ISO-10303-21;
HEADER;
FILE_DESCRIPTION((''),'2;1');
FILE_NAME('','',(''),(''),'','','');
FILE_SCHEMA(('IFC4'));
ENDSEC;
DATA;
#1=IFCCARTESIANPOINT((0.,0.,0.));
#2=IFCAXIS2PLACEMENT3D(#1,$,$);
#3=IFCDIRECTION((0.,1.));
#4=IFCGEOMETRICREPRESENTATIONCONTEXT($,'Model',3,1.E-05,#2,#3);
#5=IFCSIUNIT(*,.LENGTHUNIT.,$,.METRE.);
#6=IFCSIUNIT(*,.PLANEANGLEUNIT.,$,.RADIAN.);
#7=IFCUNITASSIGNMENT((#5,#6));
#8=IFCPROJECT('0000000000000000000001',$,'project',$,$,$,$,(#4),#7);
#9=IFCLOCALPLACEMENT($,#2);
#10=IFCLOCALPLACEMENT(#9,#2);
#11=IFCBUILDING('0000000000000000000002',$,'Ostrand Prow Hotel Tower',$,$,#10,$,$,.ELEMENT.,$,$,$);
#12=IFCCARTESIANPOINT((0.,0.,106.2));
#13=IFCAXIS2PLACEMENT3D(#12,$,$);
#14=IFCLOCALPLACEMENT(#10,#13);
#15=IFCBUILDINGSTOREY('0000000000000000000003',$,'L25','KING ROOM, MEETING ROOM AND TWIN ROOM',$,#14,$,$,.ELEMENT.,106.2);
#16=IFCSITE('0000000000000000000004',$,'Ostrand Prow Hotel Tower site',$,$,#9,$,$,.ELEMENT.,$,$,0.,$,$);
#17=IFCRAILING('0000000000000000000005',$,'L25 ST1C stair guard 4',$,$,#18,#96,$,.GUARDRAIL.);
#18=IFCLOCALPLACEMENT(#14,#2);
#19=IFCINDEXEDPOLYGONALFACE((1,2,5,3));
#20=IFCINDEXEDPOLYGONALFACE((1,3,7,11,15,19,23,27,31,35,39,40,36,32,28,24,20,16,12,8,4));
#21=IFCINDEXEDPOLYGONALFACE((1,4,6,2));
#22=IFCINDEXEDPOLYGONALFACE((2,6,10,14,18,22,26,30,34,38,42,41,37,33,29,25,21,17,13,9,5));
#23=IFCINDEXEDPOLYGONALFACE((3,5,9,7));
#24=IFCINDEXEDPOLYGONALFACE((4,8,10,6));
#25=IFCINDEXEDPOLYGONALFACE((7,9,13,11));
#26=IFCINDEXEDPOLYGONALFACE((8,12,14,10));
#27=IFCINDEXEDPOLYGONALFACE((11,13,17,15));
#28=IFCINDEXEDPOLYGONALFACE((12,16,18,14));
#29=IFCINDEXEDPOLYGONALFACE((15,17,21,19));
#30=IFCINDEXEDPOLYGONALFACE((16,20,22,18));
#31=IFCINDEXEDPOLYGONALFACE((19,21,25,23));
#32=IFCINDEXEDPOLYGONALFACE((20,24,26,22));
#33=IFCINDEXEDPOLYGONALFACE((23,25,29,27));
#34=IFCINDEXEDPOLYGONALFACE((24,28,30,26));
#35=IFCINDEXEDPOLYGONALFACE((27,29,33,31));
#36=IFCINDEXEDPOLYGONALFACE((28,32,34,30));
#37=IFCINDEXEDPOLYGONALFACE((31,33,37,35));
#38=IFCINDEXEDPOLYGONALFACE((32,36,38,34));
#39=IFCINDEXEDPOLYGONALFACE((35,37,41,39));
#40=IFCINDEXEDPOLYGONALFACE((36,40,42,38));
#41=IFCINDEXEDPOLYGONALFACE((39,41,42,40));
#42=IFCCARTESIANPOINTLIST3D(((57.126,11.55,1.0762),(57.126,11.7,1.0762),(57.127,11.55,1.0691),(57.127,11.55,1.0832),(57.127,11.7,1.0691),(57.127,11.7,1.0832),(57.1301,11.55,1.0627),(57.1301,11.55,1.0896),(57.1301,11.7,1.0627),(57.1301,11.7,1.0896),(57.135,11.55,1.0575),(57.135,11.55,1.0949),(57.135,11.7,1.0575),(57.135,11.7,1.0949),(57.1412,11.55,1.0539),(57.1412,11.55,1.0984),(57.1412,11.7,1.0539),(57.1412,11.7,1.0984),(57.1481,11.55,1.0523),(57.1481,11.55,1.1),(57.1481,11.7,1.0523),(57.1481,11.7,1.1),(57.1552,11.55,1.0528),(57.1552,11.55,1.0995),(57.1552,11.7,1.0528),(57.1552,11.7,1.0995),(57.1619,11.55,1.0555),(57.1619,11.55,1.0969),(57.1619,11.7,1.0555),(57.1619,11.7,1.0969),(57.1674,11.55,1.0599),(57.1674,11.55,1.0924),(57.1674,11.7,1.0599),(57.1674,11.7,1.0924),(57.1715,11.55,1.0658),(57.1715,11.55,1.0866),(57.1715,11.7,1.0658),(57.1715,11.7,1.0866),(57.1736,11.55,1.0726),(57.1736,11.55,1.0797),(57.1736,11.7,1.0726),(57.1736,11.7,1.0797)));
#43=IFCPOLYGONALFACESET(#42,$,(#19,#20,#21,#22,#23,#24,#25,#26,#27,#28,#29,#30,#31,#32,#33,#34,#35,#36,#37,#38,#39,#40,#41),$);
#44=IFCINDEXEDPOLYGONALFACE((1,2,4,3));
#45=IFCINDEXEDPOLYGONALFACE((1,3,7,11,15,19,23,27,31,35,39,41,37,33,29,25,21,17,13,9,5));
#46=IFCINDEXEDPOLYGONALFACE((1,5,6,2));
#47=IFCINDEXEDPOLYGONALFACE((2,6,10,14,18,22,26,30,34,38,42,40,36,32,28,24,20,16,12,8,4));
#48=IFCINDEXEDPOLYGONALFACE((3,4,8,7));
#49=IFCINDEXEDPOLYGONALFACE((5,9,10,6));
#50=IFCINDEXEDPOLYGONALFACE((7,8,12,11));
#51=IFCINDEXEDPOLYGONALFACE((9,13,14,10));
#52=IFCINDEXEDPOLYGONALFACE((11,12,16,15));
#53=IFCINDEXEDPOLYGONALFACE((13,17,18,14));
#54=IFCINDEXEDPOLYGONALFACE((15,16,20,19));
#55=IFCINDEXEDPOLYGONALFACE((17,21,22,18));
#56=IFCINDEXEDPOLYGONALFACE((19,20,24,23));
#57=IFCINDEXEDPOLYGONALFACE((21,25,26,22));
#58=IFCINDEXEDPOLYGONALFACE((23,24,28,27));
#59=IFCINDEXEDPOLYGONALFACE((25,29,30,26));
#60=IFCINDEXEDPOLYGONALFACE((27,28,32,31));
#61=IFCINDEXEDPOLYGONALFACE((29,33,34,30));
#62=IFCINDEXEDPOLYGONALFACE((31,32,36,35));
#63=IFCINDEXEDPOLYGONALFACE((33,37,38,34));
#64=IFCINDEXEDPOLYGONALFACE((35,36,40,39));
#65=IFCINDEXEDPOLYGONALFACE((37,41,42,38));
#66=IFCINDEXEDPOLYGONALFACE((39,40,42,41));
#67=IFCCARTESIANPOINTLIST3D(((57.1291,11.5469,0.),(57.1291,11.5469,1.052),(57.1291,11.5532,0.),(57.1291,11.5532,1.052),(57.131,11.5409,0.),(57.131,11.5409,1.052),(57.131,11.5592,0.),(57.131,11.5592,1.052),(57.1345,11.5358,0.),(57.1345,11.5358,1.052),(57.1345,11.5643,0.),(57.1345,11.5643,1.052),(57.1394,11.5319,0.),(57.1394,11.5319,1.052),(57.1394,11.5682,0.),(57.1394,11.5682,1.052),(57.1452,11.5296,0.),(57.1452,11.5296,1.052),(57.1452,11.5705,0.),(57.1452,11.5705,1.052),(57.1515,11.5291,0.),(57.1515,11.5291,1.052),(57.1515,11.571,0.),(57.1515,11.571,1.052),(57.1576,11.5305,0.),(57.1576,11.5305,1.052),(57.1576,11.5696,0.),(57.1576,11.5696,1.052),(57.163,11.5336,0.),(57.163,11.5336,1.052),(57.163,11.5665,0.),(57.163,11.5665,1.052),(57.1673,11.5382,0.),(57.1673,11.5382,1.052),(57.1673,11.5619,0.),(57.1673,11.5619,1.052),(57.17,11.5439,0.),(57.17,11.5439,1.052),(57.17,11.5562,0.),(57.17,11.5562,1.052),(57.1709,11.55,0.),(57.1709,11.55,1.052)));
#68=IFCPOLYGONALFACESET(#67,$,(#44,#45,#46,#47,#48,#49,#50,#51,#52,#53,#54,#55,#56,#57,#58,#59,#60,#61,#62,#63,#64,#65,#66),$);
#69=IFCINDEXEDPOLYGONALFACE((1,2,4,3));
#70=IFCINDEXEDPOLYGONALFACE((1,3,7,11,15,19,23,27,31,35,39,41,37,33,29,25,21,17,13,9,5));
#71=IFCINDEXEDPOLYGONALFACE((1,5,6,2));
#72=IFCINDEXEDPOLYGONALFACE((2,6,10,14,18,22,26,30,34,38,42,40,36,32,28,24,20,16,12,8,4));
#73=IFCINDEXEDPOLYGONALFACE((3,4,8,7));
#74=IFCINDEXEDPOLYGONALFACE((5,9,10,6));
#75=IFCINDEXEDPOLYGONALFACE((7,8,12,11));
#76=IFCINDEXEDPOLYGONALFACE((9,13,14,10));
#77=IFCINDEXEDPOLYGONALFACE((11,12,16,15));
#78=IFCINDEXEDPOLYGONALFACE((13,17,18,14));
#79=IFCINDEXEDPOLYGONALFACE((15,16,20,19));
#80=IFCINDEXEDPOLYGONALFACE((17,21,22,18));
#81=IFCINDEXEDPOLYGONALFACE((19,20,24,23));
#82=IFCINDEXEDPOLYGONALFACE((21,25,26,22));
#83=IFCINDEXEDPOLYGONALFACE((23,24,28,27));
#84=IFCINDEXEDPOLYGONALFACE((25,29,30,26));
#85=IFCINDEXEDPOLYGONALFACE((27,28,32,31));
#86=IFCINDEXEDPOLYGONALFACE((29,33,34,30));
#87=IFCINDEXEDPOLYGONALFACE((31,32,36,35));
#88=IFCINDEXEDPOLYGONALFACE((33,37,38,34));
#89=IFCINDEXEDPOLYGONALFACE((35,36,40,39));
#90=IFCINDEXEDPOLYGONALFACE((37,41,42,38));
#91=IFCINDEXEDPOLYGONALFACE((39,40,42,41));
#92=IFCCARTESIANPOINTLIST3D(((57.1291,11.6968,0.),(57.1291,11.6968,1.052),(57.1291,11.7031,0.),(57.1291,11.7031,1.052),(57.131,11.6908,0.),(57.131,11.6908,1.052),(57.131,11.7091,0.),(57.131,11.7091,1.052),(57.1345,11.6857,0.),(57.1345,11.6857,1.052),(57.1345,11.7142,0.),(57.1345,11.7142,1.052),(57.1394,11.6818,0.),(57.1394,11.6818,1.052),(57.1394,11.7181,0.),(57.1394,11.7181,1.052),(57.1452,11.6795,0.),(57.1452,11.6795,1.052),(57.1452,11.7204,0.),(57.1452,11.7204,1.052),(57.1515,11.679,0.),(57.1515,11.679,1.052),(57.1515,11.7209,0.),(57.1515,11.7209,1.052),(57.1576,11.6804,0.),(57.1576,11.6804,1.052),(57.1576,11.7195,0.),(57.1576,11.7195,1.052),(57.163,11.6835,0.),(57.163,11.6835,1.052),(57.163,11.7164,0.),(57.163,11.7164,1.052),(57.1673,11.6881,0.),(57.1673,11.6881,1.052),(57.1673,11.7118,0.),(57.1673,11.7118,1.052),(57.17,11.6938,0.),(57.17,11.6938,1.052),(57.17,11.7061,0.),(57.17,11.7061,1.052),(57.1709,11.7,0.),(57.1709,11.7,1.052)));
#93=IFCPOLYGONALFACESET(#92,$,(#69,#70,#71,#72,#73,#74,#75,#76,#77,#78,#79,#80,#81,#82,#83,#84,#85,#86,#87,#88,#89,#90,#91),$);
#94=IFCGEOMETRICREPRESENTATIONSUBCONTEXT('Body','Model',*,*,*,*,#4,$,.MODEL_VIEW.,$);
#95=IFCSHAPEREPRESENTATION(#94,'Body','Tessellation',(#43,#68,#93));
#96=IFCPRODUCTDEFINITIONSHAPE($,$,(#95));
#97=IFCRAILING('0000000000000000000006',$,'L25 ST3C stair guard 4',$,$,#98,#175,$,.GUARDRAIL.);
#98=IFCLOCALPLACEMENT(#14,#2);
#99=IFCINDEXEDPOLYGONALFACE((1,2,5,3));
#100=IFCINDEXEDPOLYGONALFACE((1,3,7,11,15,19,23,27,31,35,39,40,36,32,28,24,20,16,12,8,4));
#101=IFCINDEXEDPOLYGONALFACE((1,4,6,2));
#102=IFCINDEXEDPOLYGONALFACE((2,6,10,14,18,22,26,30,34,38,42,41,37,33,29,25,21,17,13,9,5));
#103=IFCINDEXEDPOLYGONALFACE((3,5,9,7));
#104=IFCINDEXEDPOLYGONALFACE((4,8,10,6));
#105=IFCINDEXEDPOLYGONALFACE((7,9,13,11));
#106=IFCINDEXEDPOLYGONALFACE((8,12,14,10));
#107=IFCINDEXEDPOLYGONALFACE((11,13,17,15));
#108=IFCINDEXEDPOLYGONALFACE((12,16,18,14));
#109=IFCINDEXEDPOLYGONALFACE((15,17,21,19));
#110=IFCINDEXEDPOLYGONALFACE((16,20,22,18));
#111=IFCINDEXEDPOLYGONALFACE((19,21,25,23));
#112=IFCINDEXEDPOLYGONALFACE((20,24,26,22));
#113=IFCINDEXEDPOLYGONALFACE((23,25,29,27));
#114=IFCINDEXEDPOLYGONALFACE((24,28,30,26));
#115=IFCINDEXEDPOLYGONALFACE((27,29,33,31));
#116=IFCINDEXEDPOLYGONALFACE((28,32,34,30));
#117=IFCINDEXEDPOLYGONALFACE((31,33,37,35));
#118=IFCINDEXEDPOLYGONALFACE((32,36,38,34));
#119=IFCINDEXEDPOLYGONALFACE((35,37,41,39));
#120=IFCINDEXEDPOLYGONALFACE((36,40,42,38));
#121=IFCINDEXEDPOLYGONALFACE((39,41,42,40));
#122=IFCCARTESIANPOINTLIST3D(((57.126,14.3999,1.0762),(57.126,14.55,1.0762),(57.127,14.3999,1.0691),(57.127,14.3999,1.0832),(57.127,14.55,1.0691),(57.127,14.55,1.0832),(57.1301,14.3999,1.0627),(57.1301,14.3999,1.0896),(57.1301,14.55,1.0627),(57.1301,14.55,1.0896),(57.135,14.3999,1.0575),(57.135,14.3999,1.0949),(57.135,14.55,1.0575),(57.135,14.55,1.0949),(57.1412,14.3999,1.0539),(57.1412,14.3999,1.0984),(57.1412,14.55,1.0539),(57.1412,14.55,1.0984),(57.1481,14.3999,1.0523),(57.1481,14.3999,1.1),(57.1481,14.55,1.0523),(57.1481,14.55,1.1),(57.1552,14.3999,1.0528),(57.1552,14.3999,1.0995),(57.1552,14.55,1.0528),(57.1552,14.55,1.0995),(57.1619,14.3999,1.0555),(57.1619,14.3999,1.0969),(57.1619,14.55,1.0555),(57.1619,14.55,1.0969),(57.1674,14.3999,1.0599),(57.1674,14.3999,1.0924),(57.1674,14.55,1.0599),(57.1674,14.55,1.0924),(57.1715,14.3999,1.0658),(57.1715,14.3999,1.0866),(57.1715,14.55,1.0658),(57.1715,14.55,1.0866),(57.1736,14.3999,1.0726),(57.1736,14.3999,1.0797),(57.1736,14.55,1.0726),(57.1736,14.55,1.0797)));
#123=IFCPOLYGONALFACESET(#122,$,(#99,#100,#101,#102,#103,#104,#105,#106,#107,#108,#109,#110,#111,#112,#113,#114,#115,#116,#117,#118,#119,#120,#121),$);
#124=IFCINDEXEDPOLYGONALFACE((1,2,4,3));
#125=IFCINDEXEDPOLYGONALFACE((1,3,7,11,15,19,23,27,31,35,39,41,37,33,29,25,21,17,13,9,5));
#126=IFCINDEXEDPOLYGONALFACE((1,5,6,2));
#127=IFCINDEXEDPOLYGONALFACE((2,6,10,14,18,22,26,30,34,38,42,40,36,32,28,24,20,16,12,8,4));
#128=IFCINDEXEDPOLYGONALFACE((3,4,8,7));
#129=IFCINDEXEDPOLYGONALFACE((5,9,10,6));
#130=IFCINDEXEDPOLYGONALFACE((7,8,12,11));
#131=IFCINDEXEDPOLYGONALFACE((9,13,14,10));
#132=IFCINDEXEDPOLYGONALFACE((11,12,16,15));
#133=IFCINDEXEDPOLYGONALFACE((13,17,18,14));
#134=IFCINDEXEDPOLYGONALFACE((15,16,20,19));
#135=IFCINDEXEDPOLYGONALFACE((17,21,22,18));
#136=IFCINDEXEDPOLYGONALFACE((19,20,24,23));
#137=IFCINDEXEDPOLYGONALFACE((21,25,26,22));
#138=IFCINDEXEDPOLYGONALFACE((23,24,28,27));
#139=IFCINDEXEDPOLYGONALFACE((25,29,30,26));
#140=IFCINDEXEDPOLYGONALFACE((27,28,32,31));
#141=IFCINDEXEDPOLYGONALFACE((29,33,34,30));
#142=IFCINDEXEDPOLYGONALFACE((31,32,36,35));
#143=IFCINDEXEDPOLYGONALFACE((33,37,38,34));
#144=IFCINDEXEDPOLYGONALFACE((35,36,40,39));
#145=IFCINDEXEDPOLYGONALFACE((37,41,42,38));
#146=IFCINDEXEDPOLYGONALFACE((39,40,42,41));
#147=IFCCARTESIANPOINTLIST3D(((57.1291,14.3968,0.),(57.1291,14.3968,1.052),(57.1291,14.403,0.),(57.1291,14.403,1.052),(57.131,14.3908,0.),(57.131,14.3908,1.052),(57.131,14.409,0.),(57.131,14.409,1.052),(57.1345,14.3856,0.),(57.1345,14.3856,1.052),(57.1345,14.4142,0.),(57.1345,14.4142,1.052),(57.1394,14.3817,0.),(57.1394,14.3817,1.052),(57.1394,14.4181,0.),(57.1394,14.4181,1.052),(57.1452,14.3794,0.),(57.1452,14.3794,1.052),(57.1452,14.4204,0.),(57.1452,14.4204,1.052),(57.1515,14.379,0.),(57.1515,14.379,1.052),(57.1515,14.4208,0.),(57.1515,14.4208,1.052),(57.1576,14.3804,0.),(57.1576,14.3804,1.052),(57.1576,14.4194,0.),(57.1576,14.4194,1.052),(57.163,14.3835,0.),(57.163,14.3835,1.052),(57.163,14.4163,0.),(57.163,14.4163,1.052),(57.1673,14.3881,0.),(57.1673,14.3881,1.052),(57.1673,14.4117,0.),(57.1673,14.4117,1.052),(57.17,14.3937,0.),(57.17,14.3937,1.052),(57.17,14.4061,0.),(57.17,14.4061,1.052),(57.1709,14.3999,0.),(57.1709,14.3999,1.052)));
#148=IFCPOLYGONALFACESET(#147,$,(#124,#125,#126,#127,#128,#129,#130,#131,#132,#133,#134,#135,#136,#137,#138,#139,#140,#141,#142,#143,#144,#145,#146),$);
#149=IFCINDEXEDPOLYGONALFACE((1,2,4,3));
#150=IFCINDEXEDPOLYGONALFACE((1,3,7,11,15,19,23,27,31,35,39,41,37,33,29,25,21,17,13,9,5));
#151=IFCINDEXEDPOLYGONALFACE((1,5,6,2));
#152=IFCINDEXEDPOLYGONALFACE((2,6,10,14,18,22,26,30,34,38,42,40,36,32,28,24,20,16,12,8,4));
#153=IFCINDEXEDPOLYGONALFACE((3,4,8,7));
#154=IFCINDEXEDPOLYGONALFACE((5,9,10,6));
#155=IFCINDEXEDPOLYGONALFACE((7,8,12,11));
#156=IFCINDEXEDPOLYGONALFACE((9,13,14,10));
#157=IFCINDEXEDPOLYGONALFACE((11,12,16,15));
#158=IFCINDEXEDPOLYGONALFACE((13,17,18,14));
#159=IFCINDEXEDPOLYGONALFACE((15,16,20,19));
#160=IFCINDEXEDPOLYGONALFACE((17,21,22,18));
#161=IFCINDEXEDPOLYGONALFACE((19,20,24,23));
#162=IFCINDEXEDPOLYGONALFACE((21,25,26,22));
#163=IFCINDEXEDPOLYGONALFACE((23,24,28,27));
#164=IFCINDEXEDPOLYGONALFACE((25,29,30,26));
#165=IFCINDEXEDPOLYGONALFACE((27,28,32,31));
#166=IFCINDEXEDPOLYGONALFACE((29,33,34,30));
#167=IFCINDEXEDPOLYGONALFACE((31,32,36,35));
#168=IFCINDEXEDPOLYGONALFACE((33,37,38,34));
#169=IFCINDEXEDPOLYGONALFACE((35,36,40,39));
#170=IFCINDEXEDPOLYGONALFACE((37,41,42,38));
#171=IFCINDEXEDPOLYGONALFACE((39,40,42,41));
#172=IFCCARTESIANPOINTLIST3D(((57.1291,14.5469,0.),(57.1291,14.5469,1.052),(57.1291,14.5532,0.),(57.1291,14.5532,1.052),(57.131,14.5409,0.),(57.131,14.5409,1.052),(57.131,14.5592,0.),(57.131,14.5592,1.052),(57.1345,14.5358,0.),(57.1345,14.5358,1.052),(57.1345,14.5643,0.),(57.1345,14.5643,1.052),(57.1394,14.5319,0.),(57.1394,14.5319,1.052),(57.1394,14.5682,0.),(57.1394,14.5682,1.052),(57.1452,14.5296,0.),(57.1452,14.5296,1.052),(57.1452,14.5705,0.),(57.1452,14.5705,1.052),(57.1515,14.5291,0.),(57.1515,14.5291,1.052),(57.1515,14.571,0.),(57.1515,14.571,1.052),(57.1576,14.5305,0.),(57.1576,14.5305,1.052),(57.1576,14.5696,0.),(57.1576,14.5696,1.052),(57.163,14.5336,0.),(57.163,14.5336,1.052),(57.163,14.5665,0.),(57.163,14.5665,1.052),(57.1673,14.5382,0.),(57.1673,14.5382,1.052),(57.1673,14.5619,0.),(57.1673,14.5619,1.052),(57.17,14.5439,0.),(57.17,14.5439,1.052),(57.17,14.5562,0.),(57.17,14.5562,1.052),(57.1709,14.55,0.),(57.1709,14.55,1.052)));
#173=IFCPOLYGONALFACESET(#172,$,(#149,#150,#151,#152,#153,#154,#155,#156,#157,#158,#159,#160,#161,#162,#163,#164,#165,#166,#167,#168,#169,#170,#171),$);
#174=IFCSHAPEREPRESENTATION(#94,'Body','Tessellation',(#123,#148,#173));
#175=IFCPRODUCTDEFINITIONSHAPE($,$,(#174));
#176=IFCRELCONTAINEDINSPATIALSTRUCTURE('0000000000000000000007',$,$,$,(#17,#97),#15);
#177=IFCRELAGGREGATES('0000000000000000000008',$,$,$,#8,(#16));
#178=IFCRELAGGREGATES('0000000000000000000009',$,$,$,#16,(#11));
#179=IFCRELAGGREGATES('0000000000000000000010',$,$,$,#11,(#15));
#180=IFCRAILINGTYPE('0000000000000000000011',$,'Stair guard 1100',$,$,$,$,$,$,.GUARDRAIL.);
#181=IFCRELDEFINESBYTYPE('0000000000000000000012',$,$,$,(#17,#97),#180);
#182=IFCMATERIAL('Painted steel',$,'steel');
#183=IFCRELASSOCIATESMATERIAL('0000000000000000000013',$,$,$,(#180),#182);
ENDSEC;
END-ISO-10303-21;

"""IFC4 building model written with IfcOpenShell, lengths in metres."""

from ifc_helpers import new_model, si_unit, direction, frame, origin, origin_2d, place, context, subcontext, project, spatial, circle, extrude, material, type_object, element, save


model = new_model("IFC4")

# Units and contexts
model_context = context("Model", 3, precision=1e-05, world=origin(), true_north=direction((0.0, 1.0)))
body_context = subcontext(model_context, "Body", "Model", "MODEL_VIEW")
ifc_project = project(units=[si_unit("LENGTHUNIT", "METRE"), si_unit("PLANEANGLEUNIT", "RADIAN")], contexts=[model_context])

# Site, building, storey
site_placement = place(None, origin())
site = spatial("IfcSite", under=ifc_project, at=site_placement, Name="Ostrand Prow Hotel Tower site", CompositionType="ELEMENT", RefElevation=0.0)
building_placement = place(site_placement, origin())
building = spatial("IfcBuilding", under=site, at=building_placement, Name="Ostrand Prow Hotel Tower", CompositionType="ELEMENT")
storey_placement = place(building_placement, frame((0.0, 0.0, 106.2)))
storey = spatial("IfcBuildingStorey", under=building, at=storey_placement, Name="L25", Description="KING ROOM, MEETING ROOM AND TWIN ROOM", CompositionType="ELEMENT", Elevation=106.2)

# Railings
ifc_material_1 = material(Name="Painted steel", Category="steel")
railing_type_1 = type_object("IfcRailingType", Name="Stair guard 1100", PredefinedType="GUARDRAIL", material=ifc_material_1)
railing_1_placement = place(storey_placement, frame((57.1499, 11.55, 0.0)))
element("IfcRailing", 1, at=railing_1_placement, inside=storey, type_object=railing_type_1, Name="L25 ST1C stair guard 4", PredefinedType="GUARDRAIL", context=body_context, shape_type="SweptSolid", body=[
    extrude(circle(Radius=0.0239, at=origin_2d()), frame((0.0, 0.0, 1.0762), z_axis=(0.0, 1.0, 0.0), x_axis=(-1.0, 0.0, 0.0)), (0.0, 0.0, 1.0), 0.1499),
    extrude(circle(Radius=0.021, at=origin_2d()), origin(), (0.0, 0.0, 1.0), 1.052),
    extrude(circle(Radius=0.021, at=origin_2d()), frame((0.0, 0.1499, 0.0)), (0.0, 0.0, 1.0), 1.052),
])
railing_2_placement = place(storey_placement, frame((57.1499, 14.3999, 0.0)))
element("IfcRailing", 2, at=railing_2_placement, inside=storey, type_object=railing_type_1, Name="L25 ST3C stair guard 4", PredefinedType="GUARDRAIL", context=body_context, shape_type="SweptSolid", body=[
    extrude(circle(Radius=0.0239, at=origin_2d()), frame((0.0, 0.0, 1.0762), z_axis=(0.0, 1.0, 0.0), x_axis=(-1.0, 0.0, 0.0)), (0.0, 0.0, 1.0), 0.1501),
    extrude(circle(Radius=0.021, at=origin_2d()), origin(), (0.0, 0.0, 1.0), 1.052),
    extrude(circle(Radius=0.021, at=origin_2d()), frame((0.0, 0.1501, 0.0)), (0.0, 0.0, 1.0), 1.052),
])

save(model, "model.ifc")
